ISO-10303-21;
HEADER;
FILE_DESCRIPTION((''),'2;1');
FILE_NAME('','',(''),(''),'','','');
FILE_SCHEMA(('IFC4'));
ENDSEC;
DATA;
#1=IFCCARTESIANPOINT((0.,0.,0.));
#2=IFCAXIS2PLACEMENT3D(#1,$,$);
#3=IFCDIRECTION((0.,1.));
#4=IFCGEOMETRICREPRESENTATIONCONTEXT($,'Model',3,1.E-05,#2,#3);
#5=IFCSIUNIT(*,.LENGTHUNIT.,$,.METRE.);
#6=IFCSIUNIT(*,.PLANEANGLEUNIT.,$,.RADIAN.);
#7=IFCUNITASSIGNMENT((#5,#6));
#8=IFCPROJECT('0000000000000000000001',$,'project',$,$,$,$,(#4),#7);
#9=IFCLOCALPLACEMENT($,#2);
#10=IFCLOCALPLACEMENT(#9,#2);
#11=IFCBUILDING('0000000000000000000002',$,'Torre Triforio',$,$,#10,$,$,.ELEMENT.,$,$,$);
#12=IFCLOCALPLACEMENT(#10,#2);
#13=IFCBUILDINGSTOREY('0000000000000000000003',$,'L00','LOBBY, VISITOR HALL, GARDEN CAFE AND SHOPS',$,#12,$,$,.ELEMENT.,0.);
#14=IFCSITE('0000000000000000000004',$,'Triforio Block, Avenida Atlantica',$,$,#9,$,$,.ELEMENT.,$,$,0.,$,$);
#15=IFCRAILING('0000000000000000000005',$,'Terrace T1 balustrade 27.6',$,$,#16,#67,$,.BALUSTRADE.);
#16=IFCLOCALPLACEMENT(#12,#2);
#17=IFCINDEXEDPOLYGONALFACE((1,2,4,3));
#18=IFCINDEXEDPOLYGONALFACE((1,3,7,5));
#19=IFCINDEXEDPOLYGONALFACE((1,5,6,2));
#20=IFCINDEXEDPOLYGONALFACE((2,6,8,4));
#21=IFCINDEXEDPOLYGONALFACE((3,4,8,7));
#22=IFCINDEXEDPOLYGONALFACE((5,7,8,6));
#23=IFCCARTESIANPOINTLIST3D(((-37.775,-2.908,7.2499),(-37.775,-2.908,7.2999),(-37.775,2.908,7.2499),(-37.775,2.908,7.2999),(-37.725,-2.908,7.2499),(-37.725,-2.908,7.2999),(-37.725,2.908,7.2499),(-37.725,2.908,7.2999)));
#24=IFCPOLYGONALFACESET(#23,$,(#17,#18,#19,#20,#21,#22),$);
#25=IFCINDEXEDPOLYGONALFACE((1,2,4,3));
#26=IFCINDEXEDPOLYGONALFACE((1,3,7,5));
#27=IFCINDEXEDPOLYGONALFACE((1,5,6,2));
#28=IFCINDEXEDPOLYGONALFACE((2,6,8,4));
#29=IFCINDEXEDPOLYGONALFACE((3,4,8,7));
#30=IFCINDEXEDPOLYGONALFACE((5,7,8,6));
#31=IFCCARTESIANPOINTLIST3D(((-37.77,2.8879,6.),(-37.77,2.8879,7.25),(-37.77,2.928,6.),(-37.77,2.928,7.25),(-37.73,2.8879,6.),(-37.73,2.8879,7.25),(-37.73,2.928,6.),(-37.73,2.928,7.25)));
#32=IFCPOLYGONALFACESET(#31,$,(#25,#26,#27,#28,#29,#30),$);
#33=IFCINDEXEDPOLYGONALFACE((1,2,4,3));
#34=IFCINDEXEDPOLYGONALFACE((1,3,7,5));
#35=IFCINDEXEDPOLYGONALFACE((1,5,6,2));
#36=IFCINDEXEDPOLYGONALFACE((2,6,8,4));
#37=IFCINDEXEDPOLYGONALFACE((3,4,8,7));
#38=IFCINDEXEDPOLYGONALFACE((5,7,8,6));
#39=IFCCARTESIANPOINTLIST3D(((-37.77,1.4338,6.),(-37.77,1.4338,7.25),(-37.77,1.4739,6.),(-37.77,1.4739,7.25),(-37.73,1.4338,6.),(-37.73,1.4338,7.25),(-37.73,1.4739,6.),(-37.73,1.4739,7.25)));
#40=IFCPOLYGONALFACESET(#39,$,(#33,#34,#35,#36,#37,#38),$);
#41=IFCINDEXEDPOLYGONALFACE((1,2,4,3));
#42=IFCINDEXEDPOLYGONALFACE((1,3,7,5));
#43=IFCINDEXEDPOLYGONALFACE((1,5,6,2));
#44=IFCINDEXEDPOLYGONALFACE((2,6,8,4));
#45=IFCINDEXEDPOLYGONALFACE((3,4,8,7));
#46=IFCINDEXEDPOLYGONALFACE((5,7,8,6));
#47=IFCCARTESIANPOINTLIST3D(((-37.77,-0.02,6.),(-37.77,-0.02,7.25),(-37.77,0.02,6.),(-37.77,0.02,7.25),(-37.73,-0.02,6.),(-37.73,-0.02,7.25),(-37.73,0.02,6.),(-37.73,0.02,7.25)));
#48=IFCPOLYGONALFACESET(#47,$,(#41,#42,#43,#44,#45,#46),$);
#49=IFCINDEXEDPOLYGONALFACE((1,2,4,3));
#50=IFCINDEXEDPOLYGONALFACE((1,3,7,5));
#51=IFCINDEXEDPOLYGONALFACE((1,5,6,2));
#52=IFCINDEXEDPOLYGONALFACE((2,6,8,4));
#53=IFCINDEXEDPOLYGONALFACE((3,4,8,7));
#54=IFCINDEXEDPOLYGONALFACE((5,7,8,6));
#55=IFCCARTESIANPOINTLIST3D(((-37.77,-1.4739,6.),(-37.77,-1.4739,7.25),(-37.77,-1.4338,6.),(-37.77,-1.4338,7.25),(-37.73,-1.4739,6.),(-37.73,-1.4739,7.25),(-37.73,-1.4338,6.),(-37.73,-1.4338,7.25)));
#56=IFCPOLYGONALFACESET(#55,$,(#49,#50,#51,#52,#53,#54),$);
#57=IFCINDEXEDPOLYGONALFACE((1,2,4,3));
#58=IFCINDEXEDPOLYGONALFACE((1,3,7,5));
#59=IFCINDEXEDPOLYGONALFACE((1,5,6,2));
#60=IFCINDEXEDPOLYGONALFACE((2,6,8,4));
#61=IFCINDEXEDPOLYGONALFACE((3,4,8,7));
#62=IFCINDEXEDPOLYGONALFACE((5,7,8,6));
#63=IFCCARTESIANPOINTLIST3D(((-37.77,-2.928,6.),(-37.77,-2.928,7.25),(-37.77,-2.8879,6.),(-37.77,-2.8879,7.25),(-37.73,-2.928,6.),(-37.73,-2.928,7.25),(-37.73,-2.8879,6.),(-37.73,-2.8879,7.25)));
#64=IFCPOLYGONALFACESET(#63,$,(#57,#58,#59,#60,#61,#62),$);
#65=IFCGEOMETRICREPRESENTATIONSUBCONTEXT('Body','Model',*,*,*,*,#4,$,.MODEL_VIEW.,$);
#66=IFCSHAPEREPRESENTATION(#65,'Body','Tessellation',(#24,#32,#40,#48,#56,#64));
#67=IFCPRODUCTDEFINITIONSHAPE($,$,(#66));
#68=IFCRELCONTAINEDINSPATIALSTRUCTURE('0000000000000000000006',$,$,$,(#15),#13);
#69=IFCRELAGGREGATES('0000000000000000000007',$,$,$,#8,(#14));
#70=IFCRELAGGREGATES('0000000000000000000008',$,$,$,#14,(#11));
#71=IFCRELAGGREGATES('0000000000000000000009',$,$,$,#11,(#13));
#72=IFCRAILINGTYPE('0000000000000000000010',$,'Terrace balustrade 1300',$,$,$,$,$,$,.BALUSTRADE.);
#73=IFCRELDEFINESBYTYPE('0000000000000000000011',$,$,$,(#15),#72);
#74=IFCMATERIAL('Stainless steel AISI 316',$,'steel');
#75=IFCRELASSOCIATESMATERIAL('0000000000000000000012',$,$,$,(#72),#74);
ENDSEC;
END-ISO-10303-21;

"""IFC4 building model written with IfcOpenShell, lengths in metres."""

from ifc_helpers import new_model, si_unit, direction, frame, origin, origin_2d, place, context, subcontext, project, spatial, rectangle, extrude, material, type_object, element, save


model = new_model("IFC4")

# Units and contexts
model_context = context("Model", 3, precision=1e-05, world=origin(), true_north=direction((0.0, 1.0)))
body_context = subcontext(model_context, "Body", "Model", "MODEL_VIEW")
ifc_project = project(units=[si_unit("LENGTHUNIT", "METRE"), si_unit("PLANEANGLEUNIT", "RADIAN")], contexts=[model_context])

# Site, building, storey
site_placement = place(None, origin())
site = spatial("IfcSite", under=ifc_project, at=site_placement, Name="Triforio Block, Avenida Atlantica", CompositionType="ELEMENT", RefElevation=0.0)
building_placement = place(site_placement, origin())
building = spatial("IfcBuilding", under=site, at=building_placement, Name="Torre Triforio", CompositionType="ELEMENT")
storey_placement = place(building_placement, origin())
storey = spatial("IfcBuildingStorey", under=building, at=storey_placement, Name="L00", Description="LOBBY, VISITOR HALL, GARDEN CAFE AND SHOPS", CompositionType="ELEMENT", Elevation=0.0)

# Shared definitions
ifc_material_1 = material(Name="Stainless steel AISI 316", Category="steel")

# Railing
railing_type_1 = type_object("IfcRailingType", Name="Terrace balustrade 1300", PredefinedType="BALUSTRADE", material=ifc_material_1)
for number, where, name in (
    (1, (-37.75, 2.908, 6.0), "Terrace T1 balustrade 27.6"),
):
    element("IfcRailing", number, at=place(storey_placement, frame(where)), inside=storey, type_object=railing_type_1, Name=name, PredefinedType="BALUSTRADE", context=body_context, shape_type="SweptSolid", body=[
        extrude(rectangle(XDim=0.05, YDim=0.05, at=origin_2d()), frame((0.0, 0.0, 1.2749), z_axis=(0.0, -1.0, 0.0), x_axis=(1.0, 0.0, 0.0)), (0.0, 0.0, 1.0), 5.8159),
        extrude(rectangle(XDim=0.04, YDim=0.04, at=origin_2d()), origin(), (0.0, 0.0, 1.0), 1.25),
        extrude(rectangle(XDim=0.04, YDim=0.04, at=origin_2d()), frame((0.0, -1.4541, 0.0)), (0.0, 0.0, 1.0), 1.25),
        extrude(rectangle(XDim=0.04, YDim=0.04, at=origin_2d()), frame((0.0, -2.908, 0.0)), (0.0, 0.0, 1.0), 1.25),
        extrude(rectangle(XDim=0.04, YDim=0.04, at=origin_2d()), frame((0.0, -4.3618, 0.0)), (0.0, 0.0, 1.0), 1.25),
        extrude(rectangle(XDim=0.04, YDim=0.04, at=origin_2d()), frame((0.0, -5.8159, 0.0)), (0.0, 0.0, 1.0), 1.25),
    ])

save(model, "model.ifc")
